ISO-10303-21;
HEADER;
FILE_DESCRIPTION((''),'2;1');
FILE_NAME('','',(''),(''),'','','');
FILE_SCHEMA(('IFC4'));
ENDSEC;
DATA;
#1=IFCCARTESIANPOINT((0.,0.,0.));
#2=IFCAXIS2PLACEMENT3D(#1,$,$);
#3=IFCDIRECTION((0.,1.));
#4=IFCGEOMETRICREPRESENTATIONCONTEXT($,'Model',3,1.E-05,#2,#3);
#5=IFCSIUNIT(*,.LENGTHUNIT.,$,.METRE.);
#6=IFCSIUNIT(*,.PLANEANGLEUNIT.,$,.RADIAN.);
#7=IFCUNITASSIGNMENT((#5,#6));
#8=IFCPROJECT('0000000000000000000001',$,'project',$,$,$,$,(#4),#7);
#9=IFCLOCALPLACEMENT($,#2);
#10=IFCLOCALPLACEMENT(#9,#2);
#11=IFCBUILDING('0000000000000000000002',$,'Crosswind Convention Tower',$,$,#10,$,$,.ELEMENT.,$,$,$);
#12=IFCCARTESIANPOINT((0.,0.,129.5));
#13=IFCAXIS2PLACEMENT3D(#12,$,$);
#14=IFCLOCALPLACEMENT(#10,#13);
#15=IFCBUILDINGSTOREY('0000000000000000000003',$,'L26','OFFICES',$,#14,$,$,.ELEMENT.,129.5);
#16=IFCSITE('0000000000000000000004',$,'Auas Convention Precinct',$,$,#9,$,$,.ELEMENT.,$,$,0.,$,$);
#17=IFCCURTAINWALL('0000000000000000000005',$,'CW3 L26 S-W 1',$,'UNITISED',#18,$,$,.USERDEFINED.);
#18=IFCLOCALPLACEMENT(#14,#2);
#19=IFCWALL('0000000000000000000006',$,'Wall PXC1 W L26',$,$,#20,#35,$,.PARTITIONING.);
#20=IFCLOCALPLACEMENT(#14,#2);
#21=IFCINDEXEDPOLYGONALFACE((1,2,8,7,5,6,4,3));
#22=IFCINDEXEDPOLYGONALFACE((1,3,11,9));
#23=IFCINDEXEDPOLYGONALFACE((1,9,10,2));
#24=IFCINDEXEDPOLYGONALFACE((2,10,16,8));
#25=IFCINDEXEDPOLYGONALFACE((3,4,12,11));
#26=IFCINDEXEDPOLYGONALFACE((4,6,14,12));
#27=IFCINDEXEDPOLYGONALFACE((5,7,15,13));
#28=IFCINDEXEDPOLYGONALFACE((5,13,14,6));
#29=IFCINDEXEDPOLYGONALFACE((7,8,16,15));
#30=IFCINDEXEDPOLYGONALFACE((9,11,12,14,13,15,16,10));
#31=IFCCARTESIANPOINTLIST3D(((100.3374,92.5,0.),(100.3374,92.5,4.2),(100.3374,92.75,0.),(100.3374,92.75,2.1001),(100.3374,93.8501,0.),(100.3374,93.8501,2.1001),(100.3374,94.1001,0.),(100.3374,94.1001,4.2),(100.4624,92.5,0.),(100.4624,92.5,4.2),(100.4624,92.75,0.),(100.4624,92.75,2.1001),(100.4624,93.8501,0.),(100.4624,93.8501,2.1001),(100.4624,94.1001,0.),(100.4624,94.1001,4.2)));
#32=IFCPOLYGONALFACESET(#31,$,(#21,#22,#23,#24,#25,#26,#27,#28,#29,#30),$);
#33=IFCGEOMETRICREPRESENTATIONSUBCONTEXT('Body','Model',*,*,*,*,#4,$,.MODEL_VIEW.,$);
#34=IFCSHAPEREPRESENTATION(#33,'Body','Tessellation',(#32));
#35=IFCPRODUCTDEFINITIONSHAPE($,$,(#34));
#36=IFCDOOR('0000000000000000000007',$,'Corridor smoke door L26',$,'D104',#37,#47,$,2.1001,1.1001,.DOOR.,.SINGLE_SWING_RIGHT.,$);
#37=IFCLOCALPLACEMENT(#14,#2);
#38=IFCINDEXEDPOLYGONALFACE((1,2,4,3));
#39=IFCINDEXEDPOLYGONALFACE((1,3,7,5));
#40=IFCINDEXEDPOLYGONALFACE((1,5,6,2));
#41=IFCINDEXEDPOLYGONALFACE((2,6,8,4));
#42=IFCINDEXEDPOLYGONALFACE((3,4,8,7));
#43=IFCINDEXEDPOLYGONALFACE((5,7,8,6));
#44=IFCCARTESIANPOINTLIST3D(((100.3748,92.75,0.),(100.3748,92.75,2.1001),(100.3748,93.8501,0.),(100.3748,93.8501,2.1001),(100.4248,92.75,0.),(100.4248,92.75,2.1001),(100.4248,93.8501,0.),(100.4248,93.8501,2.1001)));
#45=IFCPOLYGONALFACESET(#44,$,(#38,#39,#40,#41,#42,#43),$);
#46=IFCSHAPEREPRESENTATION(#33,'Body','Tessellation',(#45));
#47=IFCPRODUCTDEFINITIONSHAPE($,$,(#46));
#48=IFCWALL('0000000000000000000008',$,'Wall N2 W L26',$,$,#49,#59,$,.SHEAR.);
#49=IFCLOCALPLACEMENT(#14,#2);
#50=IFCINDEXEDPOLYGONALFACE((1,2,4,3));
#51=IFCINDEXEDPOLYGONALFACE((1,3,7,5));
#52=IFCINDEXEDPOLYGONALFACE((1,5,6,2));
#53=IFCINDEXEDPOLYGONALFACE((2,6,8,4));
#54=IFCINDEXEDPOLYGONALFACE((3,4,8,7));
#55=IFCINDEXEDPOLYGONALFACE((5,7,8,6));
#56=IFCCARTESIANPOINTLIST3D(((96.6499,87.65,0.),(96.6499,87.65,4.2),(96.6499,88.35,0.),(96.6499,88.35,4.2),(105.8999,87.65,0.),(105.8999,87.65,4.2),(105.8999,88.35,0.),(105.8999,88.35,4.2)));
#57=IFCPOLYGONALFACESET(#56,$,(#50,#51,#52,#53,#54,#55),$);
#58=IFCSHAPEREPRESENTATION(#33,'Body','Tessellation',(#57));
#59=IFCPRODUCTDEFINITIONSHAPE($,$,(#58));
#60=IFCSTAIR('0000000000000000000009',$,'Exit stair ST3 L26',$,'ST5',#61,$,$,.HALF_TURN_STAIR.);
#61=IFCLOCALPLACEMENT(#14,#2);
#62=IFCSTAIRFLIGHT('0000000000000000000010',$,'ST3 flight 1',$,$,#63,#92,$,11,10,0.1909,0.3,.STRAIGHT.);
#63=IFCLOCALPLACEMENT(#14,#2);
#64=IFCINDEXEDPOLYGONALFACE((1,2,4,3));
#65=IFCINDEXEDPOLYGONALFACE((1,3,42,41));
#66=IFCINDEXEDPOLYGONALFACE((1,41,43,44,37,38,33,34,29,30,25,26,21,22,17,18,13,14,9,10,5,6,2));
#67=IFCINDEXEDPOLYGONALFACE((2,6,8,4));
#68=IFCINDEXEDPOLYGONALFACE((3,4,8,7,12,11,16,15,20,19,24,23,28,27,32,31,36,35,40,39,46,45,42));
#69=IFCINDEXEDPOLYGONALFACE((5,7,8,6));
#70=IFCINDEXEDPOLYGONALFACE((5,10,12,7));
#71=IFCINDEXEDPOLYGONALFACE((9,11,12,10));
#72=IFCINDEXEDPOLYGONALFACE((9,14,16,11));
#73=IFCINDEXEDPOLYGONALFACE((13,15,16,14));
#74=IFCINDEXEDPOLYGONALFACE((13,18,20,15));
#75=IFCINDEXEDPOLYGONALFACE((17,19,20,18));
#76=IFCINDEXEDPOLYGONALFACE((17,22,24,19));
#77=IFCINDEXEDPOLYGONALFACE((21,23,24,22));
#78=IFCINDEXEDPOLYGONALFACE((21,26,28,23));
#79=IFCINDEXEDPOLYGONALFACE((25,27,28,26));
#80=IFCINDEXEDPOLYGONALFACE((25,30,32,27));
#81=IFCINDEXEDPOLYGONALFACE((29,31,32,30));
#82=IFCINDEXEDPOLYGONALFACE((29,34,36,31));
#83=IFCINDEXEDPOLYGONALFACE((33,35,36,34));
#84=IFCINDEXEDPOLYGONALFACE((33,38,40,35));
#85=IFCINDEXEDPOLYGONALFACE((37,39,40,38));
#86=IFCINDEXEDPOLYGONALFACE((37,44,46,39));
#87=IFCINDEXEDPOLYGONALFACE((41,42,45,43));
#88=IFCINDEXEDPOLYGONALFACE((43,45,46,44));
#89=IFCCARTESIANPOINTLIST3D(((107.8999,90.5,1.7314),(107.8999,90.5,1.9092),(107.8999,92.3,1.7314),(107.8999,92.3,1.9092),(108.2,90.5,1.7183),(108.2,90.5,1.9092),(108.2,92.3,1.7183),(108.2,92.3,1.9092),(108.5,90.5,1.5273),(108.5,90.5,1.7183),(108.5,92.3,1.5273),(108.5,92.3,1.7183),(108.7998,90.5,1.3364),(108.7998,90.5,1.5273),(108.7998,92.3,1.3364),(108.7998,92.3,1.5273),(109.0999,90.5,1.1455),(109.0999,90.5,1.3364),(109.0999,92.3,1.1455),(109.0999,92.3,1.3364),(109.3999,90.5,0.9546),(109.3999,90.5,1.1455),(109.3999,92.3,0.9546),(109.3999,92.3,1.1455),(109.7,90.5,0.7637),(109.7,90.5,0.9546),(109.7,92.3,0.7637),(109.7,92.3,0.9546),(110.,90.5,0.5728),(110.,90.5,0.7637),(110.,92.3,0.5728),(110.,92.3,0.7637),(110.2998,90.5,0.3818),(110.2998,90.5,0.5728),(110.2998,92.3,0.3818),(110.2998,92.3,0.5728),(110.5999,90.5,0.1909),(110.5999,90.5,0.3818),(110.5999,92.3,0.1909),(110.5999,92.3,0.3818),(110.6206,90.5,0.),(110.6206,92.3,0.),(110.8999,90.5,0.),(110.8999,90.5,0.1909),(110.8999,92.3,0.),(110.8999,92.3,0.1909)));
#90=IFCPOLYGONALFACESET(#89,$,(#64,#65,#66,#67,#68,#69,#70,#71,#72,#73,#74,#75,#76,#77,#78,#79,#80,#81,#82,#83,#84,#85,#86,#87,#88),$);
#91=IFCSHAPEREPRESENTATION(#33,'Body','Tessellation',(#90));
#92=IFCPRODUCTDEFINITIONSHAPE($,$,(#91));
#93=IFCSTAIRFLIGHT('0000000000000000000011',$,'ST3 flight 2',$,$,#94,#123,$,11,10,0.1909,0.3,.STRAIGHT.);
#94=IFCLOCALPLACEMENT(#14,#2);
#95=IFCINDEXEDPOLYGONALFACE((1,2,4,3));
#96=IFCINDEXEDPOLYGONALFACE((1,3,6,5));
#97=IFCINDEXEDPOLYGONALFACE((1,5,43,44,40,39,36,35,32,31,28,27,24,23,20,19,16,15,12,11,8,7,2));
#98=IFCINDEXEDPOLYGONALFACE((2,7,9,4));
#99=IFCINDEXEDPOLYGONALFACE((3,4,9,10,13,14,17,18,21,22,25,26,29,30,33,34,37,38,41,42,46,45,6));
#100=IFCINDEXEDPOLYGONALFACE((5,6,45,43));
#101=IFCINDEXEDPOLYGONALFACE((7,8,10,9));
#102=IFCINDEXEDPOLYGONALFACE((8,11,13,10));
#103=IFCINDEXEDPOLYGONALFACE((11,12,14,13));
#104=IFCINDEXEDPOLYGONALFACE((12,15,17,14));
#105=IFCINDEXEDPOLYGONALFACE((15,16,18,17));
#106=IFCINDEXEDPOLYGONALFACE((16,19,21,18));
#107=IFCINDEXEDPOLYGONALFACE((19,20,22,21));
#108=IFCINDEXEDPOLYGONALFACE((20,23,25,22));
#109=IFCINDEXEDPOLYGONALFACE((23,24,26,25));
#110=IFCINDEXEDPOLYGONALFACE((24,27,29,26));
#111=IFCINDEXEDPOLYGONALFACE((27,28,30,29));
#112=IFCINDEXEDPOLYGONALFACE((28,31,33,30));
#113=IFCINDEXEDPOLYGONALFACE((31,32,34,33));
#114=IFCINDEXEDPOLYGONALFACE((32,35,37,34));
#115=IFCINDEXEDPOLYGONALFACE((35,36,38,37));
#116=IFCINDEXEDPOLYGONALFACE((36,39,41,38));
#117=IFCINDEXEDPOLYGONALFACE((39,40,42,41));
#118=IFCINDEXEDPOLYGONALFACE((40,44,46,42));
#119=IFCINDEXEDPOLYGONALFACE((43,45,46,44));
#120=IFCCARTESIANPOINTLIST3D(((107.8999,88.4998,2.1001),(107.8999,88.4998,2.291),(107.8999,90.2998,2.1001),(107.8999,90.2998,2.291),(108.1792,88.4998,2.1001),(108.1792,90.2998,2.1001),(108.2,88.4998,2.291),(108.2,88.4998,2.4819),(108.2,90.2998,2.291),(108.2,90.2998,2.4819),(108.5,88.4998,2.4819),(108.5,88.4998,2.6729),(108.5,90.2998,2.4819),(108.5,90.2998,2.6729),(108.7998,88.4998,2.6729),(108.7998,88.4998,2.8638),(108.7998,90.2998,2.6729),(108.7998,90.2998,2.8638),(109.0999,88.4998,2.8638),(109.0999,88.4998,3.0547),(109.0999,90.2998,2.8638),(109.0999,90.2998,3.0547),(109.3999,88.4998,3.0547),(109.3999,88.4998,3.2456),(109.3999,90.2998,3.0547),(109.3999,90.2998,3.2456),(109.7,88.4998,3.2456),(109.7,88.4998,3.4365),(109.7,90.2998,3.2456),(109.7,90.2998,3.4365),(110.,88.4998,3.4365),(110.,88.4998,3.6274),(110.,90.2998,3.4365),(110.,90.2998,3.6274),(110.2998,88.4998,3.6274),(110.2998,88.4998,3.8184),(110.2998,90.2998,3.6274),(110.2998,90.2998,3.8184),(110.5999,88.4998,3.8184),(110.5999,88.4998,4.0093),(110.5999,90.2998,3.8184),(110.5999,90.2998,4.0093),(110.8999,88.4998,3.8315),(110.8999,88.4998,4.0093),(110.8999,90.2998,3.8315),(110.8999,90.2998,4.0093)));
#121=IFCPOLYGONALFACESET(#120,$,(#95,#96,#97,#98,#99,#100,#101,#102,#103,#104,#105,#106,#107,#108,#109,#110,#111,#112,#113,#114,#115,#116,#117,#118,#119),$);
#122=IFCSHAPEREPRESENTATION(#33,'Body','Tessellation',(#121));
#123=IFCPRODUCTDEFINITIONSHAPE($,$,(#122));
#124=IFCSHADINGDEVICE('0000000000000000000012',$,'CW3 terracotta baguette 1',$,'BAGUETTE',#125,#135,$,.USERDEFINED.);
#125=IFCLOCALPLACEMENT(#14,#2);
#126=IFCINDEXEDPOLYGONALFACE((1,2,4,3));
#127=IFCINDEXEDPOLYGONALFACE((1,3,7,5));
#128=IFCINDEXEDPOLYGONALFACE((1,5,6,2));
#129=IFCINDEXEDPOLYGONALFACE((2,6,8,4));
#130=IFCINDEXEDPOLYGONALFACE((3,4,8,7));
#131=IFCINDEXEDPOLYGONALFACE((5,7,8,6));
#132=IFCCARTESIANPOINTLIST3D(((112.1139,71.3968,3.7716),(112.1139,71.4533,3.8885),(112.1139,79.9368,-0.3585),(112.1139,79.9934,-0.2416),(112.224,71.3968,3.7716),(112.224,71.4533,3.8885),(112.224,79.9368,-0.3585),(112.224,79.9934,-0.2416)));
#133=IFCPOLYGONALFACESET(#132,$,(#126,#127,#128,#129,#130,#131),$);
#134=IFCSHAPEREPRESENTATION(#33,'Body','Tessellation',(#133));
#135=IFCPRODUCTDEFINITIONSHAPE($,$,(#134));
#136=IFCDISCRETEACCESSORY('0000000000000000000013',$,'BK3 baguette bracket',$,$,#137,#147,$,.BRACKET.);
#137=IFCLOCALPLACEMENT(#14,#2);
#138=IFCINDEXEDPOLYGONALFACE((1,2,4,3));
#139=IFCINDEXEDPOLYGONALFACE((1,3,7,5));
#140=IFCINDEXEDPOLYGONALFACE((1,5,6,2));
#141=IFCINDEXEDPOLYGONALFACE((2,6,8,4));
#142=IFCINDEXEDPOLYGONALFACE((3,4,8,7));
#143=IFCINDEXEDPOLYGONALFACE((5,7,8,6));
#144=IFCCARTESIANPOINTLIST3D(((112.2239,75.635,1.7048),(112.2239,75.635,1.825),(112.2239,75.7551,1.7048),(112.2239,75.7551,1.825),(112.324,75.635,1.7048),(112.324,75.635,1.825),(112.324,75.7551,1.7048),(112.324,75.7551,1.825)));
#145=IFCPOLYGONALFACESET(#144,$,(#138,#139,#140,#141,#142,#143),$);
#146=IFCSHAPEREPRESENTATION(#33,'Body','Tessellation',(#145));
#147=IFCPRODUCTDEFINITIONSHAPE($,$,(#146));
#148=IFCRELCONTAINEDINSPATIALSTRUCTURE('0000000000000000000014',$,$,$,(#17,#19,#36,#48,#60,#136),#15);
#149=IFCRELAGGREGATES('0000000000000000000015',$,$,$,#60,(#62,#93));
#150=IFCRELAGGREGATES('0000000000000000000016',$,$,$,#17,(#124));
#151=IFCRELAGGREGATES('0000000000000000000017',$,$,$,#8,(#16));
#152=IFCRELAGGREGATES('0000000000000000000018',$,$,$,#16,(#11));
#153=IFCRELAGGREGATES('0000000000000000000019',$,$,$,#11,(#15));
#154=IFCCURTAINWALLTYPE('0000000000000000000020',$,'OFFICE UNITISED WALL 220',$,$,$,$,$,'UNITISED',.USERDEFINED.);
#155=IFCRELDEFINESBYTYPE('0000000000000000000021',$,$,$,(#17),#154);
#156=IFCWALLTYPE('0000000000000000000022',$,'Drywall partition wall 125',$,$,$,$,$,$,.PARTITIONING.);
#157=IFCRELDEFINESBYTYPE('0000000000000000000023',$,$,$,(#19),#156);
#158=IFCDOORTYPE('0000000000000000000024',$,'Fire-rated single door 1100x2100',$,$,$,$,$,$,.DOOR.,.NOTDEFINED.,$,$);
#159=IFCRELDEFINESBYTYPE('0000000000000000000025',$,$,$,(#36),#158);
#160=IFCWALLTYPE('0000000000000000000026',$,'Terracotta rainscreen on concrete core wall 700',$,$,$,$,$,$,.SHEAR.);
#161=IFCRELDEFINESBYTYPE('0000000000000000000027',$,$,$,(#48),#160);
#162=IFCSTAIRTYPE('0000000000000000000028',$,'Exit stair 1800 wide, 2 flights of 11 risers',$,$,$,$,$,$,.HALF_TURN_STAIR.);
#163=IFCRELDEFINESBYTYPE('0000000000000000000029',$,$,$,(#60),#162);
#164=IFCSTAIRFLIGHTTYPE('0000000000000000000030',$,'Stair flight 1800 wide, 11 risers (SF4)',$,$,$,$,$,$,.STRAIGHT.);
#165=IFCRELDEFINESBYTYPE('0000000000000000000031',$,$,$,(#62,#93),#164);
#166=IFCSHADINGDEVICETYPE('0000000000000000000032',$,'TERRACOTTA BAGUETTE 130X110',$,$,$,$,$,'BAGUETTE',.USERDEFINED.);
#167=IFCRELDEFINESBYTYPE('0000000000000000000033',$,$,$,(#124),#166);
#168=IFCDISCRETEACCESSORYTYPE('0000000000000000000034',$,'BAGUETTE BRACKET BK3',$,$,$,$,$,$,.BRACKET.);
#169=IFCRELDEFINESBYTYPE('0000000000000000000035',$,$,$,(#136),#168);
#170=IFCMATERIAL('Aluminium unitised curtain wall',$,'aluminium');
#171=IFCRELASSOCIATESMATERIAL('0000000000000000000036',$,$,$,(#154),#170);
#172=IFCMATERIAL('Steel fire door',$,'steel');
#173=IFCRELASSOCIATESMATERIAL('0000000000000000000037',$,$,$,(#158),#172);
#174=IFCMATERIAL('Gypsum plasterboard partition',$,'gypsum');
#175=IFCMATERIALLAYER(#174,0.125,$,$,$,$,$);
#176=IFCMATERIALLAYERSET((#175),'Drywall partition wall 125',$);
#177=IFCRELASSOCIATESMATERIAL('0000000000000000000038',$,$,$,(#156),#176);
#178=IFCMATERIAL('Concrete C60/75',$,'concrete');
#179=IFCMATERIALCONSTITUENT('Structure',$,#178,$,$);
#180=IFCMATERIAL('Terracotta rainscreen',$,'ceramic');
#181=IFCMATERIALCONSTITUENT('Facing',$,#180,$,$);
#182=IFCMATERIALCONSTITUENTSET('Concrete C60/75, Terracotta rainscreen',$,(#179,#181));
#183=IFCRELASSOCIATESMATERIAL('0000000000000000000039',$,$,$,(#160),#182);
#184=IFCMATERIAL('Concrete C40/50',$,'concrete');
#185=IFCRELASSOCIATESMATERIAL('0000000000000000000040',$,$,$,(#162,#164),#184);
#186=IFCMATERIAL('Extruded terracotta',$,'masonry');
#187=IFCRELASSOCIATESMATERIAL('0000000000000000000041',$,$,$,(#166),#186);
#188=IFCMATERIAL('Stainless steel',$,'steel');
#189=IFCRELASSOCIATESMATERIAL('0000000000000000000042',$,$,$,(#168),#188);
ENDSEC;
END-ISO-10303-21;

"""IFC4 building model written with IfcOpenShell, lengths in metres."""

from ifc_helpers import new_model, si_unit, direction, frame, frame_2d, origin, origin_2d, place, context, subcontext, project, spatial, polyline, rectangle, outline, extrude, material, layer, layer_set, constituent, constituent_set, material_profile, profile_set, type_object, element, fill, aggregate, save


model = new_model("IFC4")

# Units and contexts
model_context = context("Model", 3, precision=1e-05, world=origin(), true_north=direction((0.0, 1.0)))
body_context = subcontext(model_context, "Body", "Model", "MODEL_VIEW")
ifc_project = project(units=[si_unit("LENGTHUNIT", "METRE"), si_unit("PLANEANGLEUNIT", "RADIAN")], contexts=[model_context])

# Site, building, storey
site_placement = place(None, origin())
site = spatial("IfcSite", under=ifc_project, at=site_placement, Name="Auas Convention Precinct", CompositionType="ELEMENT", RefElevation=0.0)
building_placement = place(site_placement, origin())
building = spatial("IfcBuilding", under=site, at=building_placement, Name="Crosswind Convention Tower", CompositionType="ELEMENT")
storey_placement = place(building_placement, frame((0.0, 0.0, 129.5)))
storey = spatial("IfcBuildingStorey", under=building, at=storey_placement, Name="L26", Description="OFFICES", CompositionType="ELEMENT", Elevation=129.5)

# Shared definitions
ifc_material_1 = material(Name="Aluminium unitised curtain wall", Category="aluminium")

# Curtain wall
curtain_wall_type_1 = type_object("IfcCurtainWallType", Name="OFFICE UNITISED WALL 220", ElementType="UNITISED", PredefinedType="USERDEFINED", material=ifc_material_1)
curtain_wall_1_placement = place(storey_placement, origin())
curtain_wall_1 = element("IfcCurtainWall", 1, at=curtain_wall_1_placement, inside=storey, type_object=curtain_wall_type_1, Name="CW3 L26 S-W 1", ObjectType="UNITISED", PredefinedType="USERDEFINED")

# Shared definitions
ifc_material_2 = material(Name="Stainless steel", Category="steel")

# Shared definitions
ifc_material_3 = material(Name="Steel fire door", Category="steel")
door_type_1 = type_object("IfcDoorType", Name="Fire-rated single door 1100x2100", OperationType="NOTDEFINED", PredefinedType="DOOR", material=ifc_material_3)

# Shared definitions
ifc_material_4 = material(Name="Gypsum plasterboard partition", Category="gypsum")
ifc_layer_1 = layer(ifc_material_4, 0.125)
ifc_layer_set_1 = layer_set([ifc_layer_1], Name="Drywall partition wall 125")
wall_type_1 = type_object("IfcWallType", Name="Drywall partition wall 125", PredefinedType="PARTITIONING", material=ifc_layer_set_1)

# Wall, opening, door
wall_1_placement = place(storey_placement, frame((100.3999, 94.1001, 0.0), z_axis=(0.0, 0.0, 1.0), x_axis=(0.0, -1.0, 0.0)))
wall_1 = element("IfcWall", 2, at=wall_1_placement, inside=storey, type_object=wall_type_1, Name="Wall PXC1 W L26", PredefinedType="PARTITIONING", context=body_context, shape_type="SweptSolid", body=[
    extrude(rectangle(XDim=1.6001, YDim=0.125, at=frame_2d((0.8, 0.0))), origin(), (0.0, 0.0, 1.0), 4.2),
])
opening_1_placement = place(wall_1_placement, frame((0.25, 0.0, 0.0)))
opening_1 = element("IfcOpeningElement", 3, at=opening_1_placement, cuts=wall_1, PredefinedType="OPENING", context=body_context, shape_type="SweptSolid", body=[
    extrude(rectangle(XDim=1.1001, YDim=2.1001, at=frame_2d((0.55, 1.05))), frame((0.0, 0.0725, 0.0), z_axis=(0.0, -1.0, 0.0), x_axis=(1.0, 0.0, 0.0)), (0.0, 0.0, 1.0), 0.145),
])
door_1_placement = place(opening_1_placement, origin())
door_1 = element("IfcDoor", 4, at=door_1_placement, inside=storey, type_object=door_type_1, Name="Corridor smoke door L26", ObjectType="D104", OperationType="SINGLE_SWING_RIGHT", OverallHeight=2.1001, OverallWidth=1.1001, PredefinedType="DOOR", context=body_context, shape_type="SweptSolid", body=[
    extrude(rectangle(XDim=1.1001, YDim=2.1001, at=frame_2d((0.55, 1.05))), frame((0.0, 0.0249, 0.0), z_axis=(0.0, -1.0, 0.0), x_axis=(1.0, 0.0, 0.0)), (0.0, 0.0, 1.0), 0.05),
])
fill(opening_1, door_1)

# Wall
ifc_material_5 = material(Name="Concrete C60/75", Category="concrete")
ifc_constituent_1 = constituent(ifc_material_5, Name="Structure")
ifc_material_6 = material(Name="Terracotta rainscreen", Category="ceramic")
ifc_constituent_2 = constituent(ifc_material_6, Name="Facing")
ifc_constituent_set = constituent_set(constituents=[ifc_constituent_1, ifc_constituent_2], Name="Concrete C60/75, Terracotta rainscreen")
wall_type_2 = type_object("IfcWallType", Name="Terracotta rainscreen on concrete core wall 700", PredefinedType="SHEAR", material=ifc_constituent_set)
wall_2_placement = place(storey_placement, frame((105.8999, 88.0, 0.0), z_axis=(0.0, 0.0, 1.0), x_axis=(-1.0, 0.0, 0.0)))
element("IfcWall", 5, at=wall_2_placement, inside=storey, type_object=wall_type_2, Name="Wall N2 W L26", PredefinedType="SHEAR", context=body_context, shape_type="SweptSolid", body=[
    extrude(rectangle(XDim=9.25, YDim=0.7, at=frame_2d((4.625, 0.0))), origin(), (0.0, 0.0, 1.0), 4.2),
])

# Stair, stair flights
ifc_material_7 = material(Name="Concrete C40/50", Category="concrete")
stair_type = type_object("IfcStairType", Name="Exit stair 1800 wide, 2 flights of 11 risers", PredefinedType="HALF_TURN_STAIR", material=ifc_material_7)
stair_placement = place(storey_placement, origin())
stair = element("IfcStair", 6, at=stair_placement, inside=storey, type_object=stair_type, Name="Exit stair ST3 L26", ObjectType="ST5", PredefinedType="HALF_TURN_STAIR")
stair_flight_type = type_object("IfcStairFlightType", Name="Stair flight 1800 wide, 11 risers (SF4)", PredefinedType="STRAIGHT", material=ifc_material_7)
stair_flight_1_placement = place(storey_placement, frame((110.8999, 91.3999, 0.0), z_axis=(0.0, 0.0, 1.0), x_axis=(-1.0, 0.0, 0.0)))
stair_flight_1 = element("IfcStairFlight", 7, at=stair_flight_1_placement, type_object=stair_flight_type, Name="ST3 flight 1", NumberOfRisers=11, NumberOfTreads=10, PredefinedType="STRAIGHT", RiserHeight=0.1909, TreadLength=0.3, context=body_context, shape_type="SweptSolid", body=[
    extrude(outline(polyline([(0.0, 0.0), (0.0, 0.1909), (0.3, 0.1909), (0.3, 0.3818), (0.6001, 0.3818), (0.6001, 0.5728), (0.8999, 0.5728), (0.8999, 0.7637), (1.2, 0.7637), (1.2, 0.9546), (1.5, 0.9546), (1.5, 1.1455), (1.8, 1.1455), (1.8, 1.3364), (2.1001, 1.3364), (2.1001, 1.5273), (2.3999, 1.5273), (2.3999, 1.7183), (2.7, 1.7183), (2.7, 1.9092), (3.0, 1.9092), (3.0, 2.1001), (3.0, 1.7314), (0.2793, 0.0), (0.0, 0.0)])), frame((0.0, 0.8999, 0.0), z_axis=(0.0, -1.0, 0.0), x_axis=(1.0, 0.0, 0.0)), (0.0, 0.0, 1.0), 1.8),
])
stair_flight_2_placement = place(storey_placement, frame((107.8999, 89.3999, 2.1001), z_axis=(0.0, 0.0, 1.0), x_axis=(1.0, 0.0, 0.0)))
stair_flight_2 = element("IfcStairFlight", 8, at=stair_flight_2_placement, type_object=stair_flight_type, Name="ST3 flight 2", NumberOfRisers=11, NumberOfTreads=10, PredefinedType="STRAIGHT", RiserHeight=0.1909, TreadLength=0.3, context=body_context, shape_type="SweptSolid", body=[
    extrude(outline(polyline([(0.0, 0.0), (0.0, 0.1909), (0.3, 0.1909), (0.3, 0.3818), (0.6001, 0.3818), (0.6001, 0.5728), (0.8999, 0.5728), (0.8999, 0.7637), (1.2, 0.7637), (1.2, 0.9546), (1.5, 0.9546), (1.5, 1.1455), (1.8, 1.1455), (1.8, 1.3364), (2.1001, 1.3364), (2.1001, 1.5273), (2.3999, 1.5273), (2.3999, 1.7183), (2.7, 1.7183), (2.7, 1.9092), (3.0, 1.9092), (3.0, 2.1001), (3.0, 1.7314), (0.2793, 0.0), (0.0, 0.0)])), frame((0.0, 0.8999, 0.0), z_axis=(0.0, -1.0, 0.0), x_axis=(1.0, 0.0, 0.0)), (0.0, 0.0, 1.0), 1.8),
])
aggregate(stair, [stair_flight_1, stair_flight_2])

# Shading device
ifc_material_8 = material(Name="Extruded terracotta", Category="masonry")
ifc_material_profile_1 = material_profile(ifc_material_8, rectangle(XDim=0.1101, YDim=0.1299, at=origin_2d()), Name="TC 110X130")
ifc_profile_set_1 = profile_set([ifc_material_profile_1], Name="Extruded terracotta")
shading_device_type = type_object("IfcShadingDeviceType", Name="TERRACOTTA BAGUETTE 130X110", ElementType="BAGUETTE", PredefinedType="USERDEFINED", material=ifc_profile_set_1)
shading_device_placement = place(storey_placement, frame((112.1689, 79.9651, -0.3), z_axis=(0.0, -0.900248, 0.435377), x_axis=(1.0, 0.0, 0.0)))
shading_device = element("IfcShadingDevice", 9, at=shading_device_placement, type_object=shading_device_type, Name="CW3 terracotta baguette 1", ObjectType="BAGUETTE", PredefinedType="USERDEFINED", context=body_context, shape_type="SweptSolid", body=[
    extrude(rectangle(XDim=0.1101, YDim=0.1299, at=origin_2d()), origin(), (0.0, 0.0, 1.0), 9.4863),
])
aggregate(curtain_wall_1, [shading_device])

# Discrete accessory
discrete_accessory_type = type_object("IfcDiscreteAccessoryType", Name="BAGUETTE BRACKET BK3", PredefinedType="BRACKET", material=ifc_material_2)
discrete_accessory_placement = place(storey_placement, frame((112.2739, 75.6951, 1.7048), z_axis=(0.0, 0.0, 1.0), x_axis=(0.0, -1.0, 0.0)))
element("IfcDiscreteAccessory", 10, at=discrete_accessory_placement, inside=storey, type_object=discrete_accessory_type, Name="BK3 baguette bracket", PredefinedType="BRACKET", context=body_context, shape_type="SweptSolid", body=[
    extrude(rectangle(XDim=0.1201, YDim=0.1001, at=origin_2d()), origin(), (0.0, 0.0, 1.0), 0.1201),
])

save(model, "model.ifc")
